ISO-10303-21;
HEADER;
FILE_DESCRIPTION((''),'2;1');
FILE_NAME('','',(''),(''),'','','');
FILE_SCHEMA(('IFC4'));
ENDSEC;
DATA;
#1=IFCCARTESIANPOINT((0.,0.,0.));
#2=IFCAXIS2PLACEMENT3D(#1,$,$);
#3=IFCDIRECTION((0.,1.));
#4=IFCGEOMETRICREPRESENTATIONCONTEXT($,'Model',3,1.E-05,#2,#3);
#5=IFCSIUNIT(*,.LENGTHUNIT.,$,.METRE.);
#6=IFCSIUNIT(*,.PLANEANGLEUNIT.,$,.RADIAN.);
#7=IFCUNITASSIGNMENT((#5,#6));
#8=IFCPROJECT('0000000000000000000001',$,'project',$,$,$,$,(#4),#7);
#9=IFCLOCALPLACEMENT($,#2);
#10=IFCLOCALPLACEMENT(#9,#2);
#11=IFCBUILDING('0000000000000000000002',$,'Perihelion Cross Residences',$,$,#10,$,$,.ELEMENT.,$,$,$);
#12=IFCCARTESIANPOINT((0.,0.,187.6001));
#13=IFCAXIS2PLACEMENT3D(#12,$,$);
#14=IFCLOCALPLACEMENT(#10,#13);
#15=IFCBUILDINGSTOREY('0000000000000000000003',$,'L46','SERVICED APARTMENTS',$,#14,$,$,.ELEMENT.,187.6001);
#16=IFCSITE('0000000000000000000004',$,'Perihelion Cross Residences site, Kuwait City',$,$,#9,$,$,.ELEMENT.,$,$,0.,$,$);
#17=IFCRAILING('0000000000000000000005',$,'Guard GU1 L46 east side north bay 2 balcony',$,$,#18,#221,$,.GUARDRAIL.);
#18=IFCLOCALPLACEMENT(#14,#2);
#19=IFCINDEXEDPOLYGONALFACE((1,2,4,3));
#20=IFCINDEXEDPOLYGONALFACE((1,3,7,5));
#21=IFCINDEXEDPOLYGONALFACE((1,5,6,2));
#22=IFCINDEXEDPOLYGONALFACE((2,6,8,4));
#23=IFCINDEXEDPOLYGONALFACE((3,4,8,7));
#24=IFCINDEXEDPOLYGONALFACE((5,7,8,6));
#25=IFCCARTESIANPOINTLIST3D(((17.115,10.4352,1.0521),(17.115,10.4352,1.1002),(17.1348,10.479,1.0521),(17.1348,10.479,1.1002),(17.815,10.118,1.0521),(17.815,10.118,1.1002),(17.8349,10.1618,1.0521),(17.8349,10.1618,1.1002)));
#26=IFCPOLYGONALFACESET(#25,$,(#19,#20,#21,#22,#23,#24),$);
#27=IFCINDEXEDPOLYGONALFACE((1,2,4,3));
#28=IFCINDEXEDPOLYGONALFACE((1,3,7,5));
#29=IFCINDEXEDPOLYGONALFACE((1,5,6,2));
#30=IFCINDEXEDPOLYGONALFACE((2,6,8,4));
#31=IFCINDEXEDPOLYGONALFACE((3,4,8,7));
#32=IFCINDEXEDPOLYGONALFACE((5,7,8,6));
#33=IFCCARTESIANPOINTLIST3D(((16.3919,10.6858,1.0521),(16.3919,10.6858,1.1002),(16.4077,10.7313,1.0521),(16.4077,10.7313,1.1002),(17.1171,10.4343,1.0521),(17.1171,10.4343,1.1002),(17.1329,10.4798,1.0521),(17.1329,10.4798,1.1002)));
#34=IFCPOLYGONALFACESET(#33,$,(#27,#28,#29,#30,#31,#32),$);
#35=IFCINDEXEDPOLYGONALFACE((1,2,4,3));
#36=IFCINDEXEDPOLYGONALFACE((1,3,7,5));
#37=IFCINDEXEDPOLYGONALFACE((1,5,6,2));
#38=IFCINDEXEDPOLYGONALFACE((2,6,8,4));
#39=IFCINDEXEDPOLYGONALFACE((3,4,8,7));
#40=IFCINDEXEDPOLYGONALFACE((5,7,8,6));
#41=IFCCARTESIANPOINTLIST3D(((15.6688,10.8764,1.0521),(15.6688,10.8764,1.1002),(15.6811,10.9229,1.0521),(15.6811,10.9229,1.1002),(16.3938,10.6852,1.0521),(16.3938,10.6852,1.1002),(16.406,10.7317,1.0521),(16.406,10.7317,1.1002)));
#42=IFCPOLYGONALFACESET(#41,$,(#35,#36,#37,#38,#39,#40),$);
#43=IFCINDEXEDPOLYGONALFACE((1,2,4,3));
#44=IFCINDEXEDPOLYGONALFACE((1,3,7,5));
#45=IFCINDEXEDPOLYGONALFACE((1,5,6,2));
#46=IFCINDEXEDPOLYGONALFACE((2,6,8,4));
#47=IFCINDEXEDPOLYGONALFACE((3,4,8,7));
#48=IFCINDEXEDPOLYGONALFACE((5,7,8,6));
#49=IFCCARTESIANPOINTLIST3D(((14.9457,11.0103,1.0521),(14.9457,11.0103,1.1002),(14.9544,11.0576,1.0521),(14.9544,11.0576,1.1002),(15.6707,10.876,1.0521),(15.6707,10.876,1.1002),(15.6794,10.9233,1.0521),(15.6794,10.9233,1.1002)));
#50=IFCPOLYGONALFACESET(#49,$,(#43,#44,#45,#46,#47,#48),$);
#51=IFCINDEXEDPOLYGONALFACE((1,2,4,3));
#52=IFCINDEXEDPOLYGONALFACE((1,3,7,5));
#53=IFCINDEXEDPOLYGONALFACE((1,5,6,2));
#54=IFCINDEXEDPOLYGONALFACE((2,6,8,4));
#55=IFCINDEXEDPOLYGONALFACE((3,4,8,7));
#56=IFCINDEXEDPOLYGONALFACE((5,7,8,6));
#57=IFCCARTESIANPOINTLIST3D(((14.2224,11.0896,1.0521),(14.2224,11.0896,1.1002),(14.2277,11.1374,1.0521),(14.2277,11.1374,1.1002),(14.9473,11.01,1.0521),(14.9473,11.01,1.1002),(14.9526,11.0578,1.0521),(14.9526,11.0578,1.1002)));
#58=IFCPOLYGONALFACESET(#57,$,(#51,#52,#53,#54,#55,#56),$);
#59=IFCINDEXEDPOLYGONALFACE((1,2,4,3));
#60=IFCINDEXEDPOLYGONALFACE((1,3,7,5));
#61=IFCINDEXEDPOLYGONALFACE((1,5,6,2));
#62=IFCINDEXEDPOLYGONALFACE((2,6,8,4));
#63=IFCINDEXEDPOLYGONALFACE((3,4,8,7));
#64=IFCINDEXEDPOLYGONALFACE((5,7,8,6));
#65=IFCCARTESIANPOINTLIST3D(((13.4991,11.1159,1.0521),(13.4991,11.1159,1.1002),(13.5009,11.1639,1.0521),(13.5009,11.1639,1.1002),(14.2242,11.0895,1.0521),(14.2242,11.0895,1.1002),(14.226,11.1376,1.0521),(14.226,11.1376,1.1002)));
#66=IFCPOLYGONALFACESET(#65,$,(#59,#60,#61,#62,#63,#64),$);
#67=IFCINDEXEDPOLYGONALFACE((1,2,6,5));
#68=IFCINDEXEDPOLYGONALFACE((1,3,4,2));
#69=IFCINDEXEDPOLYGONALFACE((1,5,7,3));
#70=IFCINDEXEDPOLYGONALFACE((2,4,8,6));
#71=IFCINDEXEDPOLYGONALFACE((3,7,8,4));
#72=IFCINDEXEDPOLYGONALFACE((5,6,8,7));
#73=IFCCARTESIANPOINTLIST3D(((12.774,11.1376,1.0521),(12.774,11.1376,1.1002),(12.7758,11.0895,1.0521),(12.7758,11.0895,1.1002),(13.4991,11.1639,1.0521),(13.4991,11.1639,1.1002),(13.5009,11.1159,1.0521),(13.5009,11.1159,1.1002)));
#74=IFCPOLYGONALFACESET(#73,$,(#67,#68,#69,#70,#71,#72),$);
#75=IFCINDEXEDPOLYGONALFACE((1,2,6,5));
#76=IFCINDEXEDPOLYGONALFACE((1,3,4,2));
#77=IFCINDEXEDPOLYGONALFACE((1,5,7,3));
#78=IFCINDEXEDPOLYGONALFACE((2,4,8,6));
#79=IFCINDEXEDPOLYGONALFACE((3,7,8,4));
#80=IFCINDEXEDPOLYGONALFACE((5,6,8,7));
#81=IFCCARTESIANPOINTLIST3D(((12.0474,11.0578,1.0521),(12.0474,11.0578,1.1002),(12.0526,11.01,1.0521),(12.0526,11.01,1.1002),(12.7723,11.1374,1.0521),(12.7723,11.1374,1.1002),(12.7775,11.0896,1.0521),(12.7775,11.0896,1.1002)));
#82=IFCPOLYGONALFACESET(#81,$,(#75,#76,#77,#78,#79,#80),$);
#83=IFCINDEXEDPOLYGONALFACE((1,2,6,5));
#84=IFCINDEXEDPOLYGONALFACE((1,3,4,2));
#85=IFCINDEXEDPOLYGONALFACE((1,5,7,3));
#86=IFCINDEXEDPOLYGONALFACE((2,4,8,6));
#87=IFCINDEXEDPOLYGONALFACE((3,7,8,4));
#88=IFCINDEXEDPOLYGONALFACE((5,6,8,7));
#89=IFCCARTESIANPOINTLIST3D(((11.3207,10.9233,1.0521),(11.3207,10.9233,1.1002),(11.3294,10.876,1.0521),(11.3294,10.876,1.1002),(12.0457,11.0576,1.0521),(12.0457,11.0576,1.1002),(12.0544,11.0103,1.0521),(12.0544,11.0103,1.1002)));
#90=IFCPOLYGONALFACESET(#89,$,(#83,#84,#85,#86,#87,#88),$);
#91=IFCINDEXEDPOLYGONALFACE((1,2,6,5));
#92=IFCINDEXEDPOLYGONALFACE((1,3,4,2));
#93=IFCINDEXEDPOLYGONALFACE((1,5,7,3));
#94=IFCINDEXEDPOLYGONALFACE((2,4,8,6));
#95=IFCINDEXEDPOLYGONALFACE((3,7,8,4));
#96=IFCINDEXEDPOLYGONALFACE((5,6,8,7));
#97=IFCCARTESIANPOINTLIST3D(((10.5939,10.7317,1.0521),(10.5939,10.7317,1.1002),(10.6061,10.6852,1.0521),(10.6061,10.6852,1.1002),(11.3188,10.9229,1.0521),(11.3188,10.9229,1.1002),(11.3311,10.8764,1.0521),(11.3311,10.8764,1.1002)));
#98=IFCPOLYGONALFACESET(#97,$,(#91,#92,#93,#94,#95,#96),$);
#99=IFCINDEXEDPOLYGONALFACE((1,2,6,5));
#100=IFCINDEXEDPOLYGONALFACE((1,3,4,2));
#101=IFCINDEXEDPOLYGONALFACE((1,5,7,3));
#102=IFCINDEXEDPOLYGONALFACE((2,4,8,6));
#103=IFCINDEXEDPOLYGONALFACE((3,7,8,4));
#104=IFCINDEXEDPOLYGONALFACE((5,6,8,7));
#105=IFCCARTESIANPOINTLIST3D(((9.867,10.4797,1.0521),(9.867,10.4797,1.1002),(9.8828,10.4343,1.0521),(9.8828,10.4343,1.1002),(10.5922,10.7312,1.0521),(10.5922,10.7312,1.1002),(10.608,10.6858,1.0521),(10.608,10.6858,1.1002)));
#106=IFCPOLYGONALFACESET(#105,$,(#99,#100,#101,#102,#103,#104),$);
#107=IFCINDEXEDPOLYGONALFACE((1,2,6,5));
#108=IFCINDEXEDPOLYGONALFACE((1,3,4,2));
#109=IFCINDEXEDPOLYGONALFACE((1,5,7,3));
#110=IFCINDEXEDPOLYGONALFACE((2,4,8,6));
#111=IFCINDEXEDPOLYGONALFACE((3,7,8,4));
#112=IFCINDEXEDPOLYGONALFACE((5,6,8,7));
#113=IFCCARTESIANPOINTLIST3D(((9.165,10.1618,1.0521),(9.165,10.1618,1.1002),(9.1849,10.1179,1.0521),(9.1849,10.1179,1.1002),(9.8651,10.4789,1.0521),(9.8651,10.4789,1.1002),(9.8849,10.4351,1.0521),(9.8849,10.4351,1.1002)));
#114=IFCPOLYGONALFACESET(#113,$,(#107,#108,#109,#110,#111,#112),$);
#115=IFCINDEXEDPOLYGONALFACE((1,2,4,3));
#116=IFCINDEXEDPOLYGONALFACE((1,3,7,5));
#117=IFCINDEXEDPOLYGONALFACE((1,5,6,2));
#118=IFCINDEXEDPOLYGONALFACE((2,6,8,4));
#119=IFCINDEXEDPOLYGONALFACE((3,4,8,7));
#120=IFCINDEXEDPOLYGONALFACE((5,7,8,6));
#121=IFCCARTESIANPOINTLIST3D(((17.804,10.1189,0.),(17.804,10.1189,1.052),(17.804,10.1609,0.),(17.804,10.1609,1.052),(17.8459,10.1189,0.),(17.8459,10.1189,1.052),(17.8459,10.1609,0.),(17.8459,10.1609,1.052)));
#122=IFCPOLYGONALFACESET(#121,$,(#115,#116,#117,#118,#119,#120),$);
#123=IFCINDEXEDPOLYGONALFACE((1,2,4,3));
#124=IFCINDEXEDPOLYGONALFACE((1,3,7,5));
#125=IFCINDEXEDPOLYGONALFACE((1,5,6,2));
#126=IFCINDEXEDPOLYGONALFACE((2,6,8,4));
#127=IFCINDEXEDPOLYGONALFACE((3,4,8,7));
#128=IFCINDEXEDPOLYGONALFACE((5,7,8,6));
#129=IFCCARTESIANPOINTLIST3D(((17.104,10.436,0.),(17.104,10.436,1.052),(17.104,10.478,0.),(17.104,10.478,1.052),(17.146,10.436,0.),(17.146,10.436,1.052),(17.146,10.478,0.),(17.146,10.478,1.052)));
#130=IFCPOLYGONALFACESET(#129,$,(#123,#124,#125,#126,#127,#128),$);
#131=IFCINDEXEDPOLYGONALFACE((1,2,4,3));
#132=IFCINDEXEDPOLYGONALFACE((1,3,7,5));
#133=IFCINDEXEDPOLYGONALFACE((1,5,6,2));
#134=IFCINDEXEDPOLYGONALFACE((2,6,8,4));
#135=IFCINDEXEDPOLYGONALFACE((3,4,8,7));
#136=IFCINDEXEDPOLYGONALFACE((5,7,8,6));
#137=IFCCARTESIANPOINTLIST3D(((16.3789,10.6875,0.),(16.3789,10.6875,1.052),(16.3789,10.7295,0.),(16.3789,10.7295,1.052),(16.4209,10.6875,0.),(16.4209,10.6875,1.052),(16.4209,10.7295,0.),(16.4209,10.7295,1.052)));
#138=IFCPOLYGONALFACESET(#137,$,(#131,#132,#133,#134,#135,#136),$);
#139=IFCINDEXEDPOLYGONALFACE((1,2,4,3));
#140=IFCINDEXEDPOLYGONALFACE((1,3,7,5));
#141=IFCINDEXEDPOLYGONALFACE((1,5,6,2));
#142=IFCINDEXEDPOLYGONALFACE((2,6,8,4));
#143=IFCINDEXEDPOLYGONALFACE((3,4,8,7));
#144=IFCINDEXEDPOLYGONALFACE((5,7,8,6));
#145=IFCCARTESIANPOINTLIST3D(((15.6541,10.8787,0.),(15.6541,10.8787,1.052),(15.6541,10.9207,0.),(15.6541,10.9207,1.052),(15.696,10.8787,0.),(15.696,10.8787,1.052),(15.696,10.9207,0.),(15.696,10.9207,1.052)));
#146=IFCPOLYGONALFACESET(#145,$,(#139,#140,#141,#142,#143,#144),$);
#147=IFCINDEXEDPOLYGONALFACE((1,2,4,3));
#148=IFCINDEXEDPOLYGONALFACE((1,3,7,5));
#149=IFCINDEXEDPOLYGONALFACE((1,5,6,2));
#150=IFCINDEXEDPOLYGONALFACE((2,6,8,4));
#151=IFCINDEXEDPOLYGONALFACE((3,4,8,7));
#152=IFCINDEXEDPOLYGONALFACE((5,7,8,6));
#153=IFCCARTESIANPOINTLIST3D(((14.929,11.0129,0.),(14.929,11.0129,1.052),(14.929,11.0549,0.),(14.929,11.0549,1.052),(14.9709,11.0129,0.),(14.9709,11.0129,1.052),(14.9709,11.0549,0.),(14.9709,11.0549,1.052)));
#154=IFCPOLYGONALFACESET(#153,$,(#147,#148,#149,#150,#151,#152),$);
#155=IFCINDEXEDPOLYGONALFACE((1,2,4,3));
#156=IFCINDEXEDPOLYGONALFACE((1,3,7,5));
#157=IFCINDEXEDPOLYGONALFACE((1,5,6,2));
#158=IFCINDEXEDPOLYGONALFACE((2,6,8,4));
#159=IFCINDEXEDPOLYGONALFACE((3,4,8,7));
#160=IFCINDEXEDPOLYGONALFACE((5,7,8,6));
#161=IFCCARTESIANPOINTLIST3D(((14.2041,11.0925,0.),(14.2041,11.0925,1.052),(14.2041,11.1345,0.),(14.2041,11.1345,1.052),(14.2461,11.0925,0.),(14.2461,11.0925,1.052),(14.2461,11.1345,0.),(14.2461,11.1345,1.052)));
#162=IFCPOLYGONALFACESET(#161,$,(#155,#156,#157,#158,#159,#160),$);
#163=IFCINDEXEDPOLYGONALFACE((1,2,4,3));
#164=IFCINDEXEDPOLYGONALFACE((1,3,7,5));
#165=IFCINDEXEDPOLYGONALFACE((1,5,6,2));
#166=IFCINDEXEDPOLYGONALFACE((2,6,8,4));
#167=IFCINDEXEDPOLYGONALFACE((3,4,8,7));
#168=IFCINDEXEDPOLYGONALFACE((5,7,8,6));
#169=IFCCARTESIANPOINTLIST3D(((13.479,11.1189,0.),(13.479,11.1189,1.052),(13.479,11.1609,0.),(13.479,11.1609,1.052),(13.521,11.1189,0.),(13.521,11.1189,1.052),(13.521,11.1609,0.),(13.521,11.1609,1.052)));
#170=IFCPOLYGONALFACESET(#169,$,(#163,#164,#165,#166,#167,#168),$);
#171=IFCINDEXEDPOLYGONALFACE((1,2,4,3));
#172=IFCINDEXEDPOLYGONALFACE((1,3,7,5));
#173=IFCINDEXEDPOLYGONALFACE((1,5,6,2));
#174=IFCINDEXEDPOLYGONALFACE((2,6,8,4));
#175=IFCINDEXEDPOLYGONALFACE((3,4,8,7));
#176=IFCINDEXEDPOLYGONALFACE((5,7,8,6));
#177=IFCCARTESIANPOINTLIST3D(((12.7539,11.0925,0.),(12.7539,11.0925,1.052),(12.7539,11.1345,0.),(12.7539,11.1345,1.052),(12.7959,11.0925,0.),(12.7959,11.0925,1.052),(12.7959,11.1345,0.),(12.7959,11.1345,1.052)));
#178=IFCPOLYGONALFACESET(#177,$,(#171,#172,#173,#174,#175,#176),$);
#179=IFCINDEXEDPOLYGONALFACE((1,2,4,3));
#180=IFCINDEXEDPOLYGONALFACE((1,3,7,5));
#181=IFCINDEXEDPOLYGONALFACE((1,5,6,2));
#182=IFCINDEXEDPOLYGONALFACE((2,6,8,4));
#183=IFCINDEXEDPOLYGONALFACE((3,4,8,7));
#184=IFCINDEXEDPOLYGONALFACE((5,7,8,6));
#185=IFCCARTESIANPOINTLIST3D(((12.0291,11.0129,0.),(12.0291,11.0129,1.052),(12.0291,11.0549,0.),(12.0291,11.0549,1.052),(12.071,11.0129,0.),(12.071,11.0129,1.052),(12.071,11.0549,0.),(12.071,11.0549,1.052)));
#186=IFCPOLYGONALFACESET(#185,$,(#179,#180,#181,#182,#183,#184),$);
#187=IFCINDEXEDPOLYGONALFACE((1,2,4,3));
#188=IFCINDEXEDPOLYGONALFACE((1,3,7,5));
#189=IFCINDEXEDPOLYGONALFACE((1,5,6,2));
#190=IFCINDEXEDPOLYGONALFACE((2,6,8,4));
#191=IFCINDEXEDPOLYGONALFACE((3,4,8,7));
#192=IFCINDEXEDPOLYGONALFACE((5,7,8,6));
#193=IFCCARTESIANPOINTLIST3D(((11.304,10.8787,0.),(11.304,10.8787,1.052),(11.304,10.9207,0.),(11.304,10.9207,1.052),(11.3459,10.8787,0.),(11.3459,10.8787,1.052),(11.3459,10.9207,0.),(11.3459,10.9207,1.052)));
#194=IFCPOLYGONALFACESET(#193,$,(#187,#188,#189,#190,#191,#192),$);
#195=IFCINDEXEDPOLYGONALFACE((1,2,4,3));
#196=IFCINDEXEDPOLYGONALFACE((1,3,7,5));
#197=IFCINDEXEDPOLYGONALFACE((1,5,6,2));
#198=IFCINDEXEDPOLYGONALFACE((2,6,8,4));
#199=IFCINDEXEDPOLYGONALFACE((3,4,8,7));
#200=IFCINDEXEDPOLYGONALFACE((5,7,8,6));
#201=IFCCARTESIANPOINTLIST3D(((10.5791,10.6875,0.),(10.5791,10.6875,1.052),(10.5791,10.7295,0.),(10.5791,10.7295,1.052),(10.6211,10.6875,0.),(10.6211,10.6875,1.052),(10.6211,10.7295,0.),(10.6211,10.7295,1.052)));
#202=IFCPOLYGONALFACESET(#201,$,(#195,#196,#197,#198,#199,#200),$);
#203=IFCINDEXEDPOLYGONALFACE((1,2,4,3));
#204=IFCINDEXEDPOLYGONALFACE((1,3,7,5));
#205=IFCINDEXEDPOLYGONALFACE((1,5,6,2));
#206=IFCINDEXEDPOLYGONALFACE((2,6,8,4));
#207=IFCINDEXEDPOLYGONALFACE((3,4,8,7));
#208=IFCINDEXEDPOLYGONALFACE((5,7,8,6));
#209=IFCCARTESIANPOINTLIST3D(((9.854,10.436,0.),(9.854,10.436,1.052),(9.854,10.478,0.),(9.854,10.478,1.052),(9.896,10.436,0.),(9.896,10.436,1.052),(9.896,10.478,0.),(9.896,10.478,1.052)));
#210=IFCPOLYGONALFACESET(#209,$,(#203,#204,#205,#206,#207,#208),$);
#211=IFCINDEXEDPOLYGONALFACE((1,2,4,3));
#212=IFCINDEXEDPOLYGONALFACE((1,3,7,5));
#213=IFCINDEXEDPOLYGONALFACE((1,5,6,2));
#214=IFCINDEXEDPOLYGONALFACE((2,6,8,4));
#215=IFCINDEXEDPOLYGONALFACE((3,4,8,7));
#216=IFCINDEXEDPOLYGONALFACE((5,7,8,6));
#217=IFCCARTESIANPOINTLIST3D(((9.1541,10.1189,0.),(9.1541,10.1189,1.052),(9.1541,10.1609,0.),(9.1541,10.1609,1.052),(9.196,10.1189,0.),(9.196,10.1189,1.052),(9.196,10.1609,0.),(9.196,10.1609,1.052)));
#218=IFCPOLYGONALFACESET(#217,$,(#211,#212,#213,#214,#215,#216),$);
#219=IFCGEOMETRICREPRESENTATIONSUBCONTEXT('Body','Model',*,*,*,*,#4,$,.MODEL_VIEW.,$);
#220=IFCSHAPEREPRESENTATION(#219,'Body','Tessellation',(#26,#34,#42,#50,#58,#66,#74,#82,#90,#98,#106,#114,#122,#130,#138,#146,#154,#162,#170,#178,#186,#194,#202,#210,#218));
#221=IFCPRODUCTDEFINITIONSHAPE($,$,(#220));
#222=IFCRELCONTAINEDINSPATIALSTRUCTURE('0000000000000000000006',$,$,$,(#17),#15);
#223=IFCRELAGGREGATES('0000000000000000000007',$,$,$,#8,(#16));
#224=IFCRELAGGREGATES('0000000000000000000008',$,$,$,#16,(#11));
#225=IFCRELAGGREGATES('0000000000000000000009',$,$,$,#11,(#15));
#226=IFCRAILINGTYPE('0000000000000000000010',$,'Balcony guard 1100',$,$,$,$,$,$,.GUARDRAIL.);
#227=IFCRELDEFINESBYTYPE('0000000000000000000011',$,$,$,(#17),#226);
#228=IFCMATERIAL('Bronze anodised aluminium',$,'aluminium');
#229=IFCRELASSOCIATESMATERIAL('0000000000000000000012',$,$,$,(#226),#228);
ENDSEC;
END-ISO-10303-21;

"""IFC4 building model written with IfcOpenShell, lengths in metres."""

from ifc_helpers import new_model, si_unit, direction, frame, origin, origin_2d, place, context, subcontext, project, spatial, rectangle, extrude, material, type_object, element, save


model = new_model("IFC4")

# Units and contexts
model_context = context("Model", 3, precision=1e-05, world=origin(), true_north=direction((0.0, 1.0)))
body_context = subcontext(model_context, "Body", "Model", "MODEL_VIEW")
ifc_project = project(units=[si_unit("LENGTHUNIT", "METRE"), si_unit("PLANEANGLEUNIT", "RADIAN")], contexts=[model_context])

# Site, building, storey
site_placement = place(None, origin())
site = spatial("IfcSite", under=ifc_project, at=site_placement, Name="Perihelion Cross Residences site, Kuwait City", CompositionType="ELEMENT", RefElevation=0.0)
building_placement = place(site_placement, origin())
building = spatial("IfcBuilding", under=site, at=building_placement, Name="Perihelion Cross Residences", CompositionType="ELEMENT")
storey_placement = place(building_placement, frame((0.0, 0.0, 187.6001)))
storey = spatial("IfcBuildingStorey", under=building, at=storey_placement, Name="L46", Description="SERVICED APARTMENTS", CompositionType="ELEMENT", Elevation=187.6001)

# Railing
ifc_material_1 = material(Name="Bronze anodised aluminium", Category="aluminium")
railing_type = type_object("IfcRailingType", Name="Balcony guard 1100", PredefinedType="GUARDRAIL", material=ifc_material_1)
railing_placement = place(storey_placement, frame((17.825, 10.1399, 0.0)))
element("IfcRailing", 1, at=railing_placement, inside=storey, type_object=railing_type, Name="Guard GU1 L46 east side north bay 2 balcony", PredefinedType="GUARDRAIL", context=body_context, shape_type="SweptSolid", body=[
    extrude(rectangle(XDim=0.0481, YDim=0.0481, at=origin_2d()), frame((0.0, 0.0, 1.0762), z_axis=(-0.910866, 0.412702, 0.0), x_axis=(-0.412702, -0.910866, 0.0)), (0.0, 0.0, 1.0), 0.7686),
    extrude(rectangle(XDim=0.0481, YDim=0.0481, at=origin_2d()), frame((-0.7, 0.3171, 1.0762), z_axis=(-0.944797, 0.327657, 0.0), x_axis=(-0.327657, -0.944797, 0.0)), (0.0, 0.0, 1.0), 0.7676),
    extrude(rectangle(XDim=0.0481, YDim=0.0481, at=origin_2d()), frame((-1.425, 0.5686, 1.0762), z_axis=(-0.966939, 0.255006, 0.0), x_axis=(-0.255006, -0.966939, 0.0)), (0.0, 0.0, 1.0), 0.7498),
    extrude(rectangle(XDim=0.0481, YDim=0.0481, at=origin_2d()), frame((-2.1499, 0.7598, 1.0762), z_axis=(-0.983282, 0.182089, 0.0), x_axis=(-0.182089, -0.983282, 0.0)), (0.0, 0.0, 1.0), 0.7373),
    extrude(rectangle(XDim=0.0481, YDim=0.0481, at=origin_2d()), frame((-2.875, 0.894, 1.0762), z_axis=(-0.994026, 0.109145, 0.0), x_axis=(-0.109145, -0.994026, 0.0)), (0.0, 0.0, 1.0), 0.7292),
    extrude(rectangle(XDim=0.0481, YDim=0.0481, at=origin_2d()), frame((-3.5999, 0.9736, 1.0762), z_axis=(-0.999339, 0.03634, 0.0), x_axis=(-0.03634, -0.999339, 0.0)), (0.0, 0.0, 1.0), 0.7256),
    extrude(rectangle(XDim=0.0481, YDim=0.0481, at=origin_2d()), frame((-4.325, 1.0, 1.0762), z_axis=(-0.999339, -0.03634, 0.0), x_axis=(0.03634, -0.999339, 0.0)), (0.0, 0.0, 1.0), 0.7256),
    extrude(rectangle(XDim=0.0481, YDim=0.0481, at=origin_2d()), frame((-5.05, 0.9736, 1.0762), z_axis=(-0.994026, -0.109145, 0.0), x_axis=(0.109145, -0.994026, 0.0)), (0.0, 0.0, 1.0), 0.7292),
    extrude(rectangle(XDim=0.0481, YDim=0.0481, at=origin_2d()), frame((-5.7749, 0.894, 1.0762), z_axis=(-0.983282, -0.182089, 0.0), x_axis=(0.182089, -0.983282, 0.0)), (0.0, 0.0, 1.0), 0.7373),
    extrude(rectangle(XDim=0.0481, YDim=0.0481, at=origin_2d()), frame((-6.5, 0.7598, 1.0762), z_axis=(-0.966939, -0.255006, 0.0), x_axis=(0.255006, -0.966939, 0.0)), (0.0, 0.0, 1.0), 0.7498),
    extrude(rectangle(XDim=0.0481, YDim=0.0481, at=origin_2d()), frame((-7.2249, 0.5686, 1.0762), z_axis=(-0.944797, -0.327657, 0.0), x_axis=(0.327657, -0.944797, 0.0)), (0.0, 0.0, 1.0), 0.7676),
    extrude(rectangle(XDim=0.0481, YDim=0.0481, at=origin_2d()), frame((-7.95, 0.3171, 1.0762), z_axis=(-0.910866, -0.412702, 0.0), x_axis=(0.412702, -0.910866, 0.0)), (0.0, 0.0, 1.0), 0.7686),
    extrude(rectangle(XDim=0.042, YDim=0.042, at=origin_2d()), origin(), (0.0, 0.0, 1.0), 1.052),
    extrude(rectangle(XDim=0.042, YDim=0.042, at=origin_2d()), frame((-0.7, 0.3171, 0.0)), (0.0, 0.0, 1.0), 1.052),
    extrude(rectangle(XDim=0.042, YDim=0.042, at=origin_2d()), frame((-1.425, 0.5686, 0.0)), (0.0, 0.0, 1.0), 1.052),
    extrude(rectangle(XDim=0.042, YDim=0.042, at=origin_2d()), frame((-2.1499, 0.7598, 0.0)), (0.0, 0.0, 1.0), 1.052),
    extrude(rectangle(XDim=0.042, YDim=0.042, at=origin_2d()), frame((-2.875, 0.894, 0.0)), (0.0, 0.0, 1.0), 1.052),
    extrude(rectangle(XDim=0.042, YDim=0.042, at=origin_2d()), frame((-3.5999, 0.9736, 0.0)), (0.0, 0.0, 1.0), 1.052),
    extrude(rectangle(XDim=0.042, YDim=0.042, at=origin_2d()), frame((-4.325, 1.0, 0.0)), (0.0, 0.0, 1.0), 1.052),
    extrude(rectangle(XDim=0.042, YDim=0.042, at=origin_2d()), frame((-5.05, 0.9736, 0.0)), (0.0, 0.0, 1.0), 1.052),
    extrude(rectangle(XDim=0.042, YDim=0.042, at=origin_2d()), frame((-5.7749, 0.894, 0.0)), (0.0, 0.0, 1.0), 1.052),
    extrude(rectangle(XDim=0.042, YDim=0.042, at=origin_2d()), frame((-6.5, 0.7598, 0.0)), (0.0, 0.0, 1.0), 1.052),
    extrude(rectangle(XDim=0.042, YDim=0.042, at=origin_2d()), frame((-7.2249, 0.5686, 0.0)), (0.0, 0.0, 1.0), 1.052),
    extrude(rectangle(XDim=0.042, YDim=0.042, at=origin_2d()), frame((-7.95, 0.3171, 0.0)), (0.0, 0.0, 1.0), 1.052),
    extrude(rectangle(XDim=0.042, YDim=0.042, at=origin_2d()), frame((-8.6499, 0.0, 0.0)), (0.0, 0.0, 1.0), 1.052),
])

save(model, "model.ifc")
